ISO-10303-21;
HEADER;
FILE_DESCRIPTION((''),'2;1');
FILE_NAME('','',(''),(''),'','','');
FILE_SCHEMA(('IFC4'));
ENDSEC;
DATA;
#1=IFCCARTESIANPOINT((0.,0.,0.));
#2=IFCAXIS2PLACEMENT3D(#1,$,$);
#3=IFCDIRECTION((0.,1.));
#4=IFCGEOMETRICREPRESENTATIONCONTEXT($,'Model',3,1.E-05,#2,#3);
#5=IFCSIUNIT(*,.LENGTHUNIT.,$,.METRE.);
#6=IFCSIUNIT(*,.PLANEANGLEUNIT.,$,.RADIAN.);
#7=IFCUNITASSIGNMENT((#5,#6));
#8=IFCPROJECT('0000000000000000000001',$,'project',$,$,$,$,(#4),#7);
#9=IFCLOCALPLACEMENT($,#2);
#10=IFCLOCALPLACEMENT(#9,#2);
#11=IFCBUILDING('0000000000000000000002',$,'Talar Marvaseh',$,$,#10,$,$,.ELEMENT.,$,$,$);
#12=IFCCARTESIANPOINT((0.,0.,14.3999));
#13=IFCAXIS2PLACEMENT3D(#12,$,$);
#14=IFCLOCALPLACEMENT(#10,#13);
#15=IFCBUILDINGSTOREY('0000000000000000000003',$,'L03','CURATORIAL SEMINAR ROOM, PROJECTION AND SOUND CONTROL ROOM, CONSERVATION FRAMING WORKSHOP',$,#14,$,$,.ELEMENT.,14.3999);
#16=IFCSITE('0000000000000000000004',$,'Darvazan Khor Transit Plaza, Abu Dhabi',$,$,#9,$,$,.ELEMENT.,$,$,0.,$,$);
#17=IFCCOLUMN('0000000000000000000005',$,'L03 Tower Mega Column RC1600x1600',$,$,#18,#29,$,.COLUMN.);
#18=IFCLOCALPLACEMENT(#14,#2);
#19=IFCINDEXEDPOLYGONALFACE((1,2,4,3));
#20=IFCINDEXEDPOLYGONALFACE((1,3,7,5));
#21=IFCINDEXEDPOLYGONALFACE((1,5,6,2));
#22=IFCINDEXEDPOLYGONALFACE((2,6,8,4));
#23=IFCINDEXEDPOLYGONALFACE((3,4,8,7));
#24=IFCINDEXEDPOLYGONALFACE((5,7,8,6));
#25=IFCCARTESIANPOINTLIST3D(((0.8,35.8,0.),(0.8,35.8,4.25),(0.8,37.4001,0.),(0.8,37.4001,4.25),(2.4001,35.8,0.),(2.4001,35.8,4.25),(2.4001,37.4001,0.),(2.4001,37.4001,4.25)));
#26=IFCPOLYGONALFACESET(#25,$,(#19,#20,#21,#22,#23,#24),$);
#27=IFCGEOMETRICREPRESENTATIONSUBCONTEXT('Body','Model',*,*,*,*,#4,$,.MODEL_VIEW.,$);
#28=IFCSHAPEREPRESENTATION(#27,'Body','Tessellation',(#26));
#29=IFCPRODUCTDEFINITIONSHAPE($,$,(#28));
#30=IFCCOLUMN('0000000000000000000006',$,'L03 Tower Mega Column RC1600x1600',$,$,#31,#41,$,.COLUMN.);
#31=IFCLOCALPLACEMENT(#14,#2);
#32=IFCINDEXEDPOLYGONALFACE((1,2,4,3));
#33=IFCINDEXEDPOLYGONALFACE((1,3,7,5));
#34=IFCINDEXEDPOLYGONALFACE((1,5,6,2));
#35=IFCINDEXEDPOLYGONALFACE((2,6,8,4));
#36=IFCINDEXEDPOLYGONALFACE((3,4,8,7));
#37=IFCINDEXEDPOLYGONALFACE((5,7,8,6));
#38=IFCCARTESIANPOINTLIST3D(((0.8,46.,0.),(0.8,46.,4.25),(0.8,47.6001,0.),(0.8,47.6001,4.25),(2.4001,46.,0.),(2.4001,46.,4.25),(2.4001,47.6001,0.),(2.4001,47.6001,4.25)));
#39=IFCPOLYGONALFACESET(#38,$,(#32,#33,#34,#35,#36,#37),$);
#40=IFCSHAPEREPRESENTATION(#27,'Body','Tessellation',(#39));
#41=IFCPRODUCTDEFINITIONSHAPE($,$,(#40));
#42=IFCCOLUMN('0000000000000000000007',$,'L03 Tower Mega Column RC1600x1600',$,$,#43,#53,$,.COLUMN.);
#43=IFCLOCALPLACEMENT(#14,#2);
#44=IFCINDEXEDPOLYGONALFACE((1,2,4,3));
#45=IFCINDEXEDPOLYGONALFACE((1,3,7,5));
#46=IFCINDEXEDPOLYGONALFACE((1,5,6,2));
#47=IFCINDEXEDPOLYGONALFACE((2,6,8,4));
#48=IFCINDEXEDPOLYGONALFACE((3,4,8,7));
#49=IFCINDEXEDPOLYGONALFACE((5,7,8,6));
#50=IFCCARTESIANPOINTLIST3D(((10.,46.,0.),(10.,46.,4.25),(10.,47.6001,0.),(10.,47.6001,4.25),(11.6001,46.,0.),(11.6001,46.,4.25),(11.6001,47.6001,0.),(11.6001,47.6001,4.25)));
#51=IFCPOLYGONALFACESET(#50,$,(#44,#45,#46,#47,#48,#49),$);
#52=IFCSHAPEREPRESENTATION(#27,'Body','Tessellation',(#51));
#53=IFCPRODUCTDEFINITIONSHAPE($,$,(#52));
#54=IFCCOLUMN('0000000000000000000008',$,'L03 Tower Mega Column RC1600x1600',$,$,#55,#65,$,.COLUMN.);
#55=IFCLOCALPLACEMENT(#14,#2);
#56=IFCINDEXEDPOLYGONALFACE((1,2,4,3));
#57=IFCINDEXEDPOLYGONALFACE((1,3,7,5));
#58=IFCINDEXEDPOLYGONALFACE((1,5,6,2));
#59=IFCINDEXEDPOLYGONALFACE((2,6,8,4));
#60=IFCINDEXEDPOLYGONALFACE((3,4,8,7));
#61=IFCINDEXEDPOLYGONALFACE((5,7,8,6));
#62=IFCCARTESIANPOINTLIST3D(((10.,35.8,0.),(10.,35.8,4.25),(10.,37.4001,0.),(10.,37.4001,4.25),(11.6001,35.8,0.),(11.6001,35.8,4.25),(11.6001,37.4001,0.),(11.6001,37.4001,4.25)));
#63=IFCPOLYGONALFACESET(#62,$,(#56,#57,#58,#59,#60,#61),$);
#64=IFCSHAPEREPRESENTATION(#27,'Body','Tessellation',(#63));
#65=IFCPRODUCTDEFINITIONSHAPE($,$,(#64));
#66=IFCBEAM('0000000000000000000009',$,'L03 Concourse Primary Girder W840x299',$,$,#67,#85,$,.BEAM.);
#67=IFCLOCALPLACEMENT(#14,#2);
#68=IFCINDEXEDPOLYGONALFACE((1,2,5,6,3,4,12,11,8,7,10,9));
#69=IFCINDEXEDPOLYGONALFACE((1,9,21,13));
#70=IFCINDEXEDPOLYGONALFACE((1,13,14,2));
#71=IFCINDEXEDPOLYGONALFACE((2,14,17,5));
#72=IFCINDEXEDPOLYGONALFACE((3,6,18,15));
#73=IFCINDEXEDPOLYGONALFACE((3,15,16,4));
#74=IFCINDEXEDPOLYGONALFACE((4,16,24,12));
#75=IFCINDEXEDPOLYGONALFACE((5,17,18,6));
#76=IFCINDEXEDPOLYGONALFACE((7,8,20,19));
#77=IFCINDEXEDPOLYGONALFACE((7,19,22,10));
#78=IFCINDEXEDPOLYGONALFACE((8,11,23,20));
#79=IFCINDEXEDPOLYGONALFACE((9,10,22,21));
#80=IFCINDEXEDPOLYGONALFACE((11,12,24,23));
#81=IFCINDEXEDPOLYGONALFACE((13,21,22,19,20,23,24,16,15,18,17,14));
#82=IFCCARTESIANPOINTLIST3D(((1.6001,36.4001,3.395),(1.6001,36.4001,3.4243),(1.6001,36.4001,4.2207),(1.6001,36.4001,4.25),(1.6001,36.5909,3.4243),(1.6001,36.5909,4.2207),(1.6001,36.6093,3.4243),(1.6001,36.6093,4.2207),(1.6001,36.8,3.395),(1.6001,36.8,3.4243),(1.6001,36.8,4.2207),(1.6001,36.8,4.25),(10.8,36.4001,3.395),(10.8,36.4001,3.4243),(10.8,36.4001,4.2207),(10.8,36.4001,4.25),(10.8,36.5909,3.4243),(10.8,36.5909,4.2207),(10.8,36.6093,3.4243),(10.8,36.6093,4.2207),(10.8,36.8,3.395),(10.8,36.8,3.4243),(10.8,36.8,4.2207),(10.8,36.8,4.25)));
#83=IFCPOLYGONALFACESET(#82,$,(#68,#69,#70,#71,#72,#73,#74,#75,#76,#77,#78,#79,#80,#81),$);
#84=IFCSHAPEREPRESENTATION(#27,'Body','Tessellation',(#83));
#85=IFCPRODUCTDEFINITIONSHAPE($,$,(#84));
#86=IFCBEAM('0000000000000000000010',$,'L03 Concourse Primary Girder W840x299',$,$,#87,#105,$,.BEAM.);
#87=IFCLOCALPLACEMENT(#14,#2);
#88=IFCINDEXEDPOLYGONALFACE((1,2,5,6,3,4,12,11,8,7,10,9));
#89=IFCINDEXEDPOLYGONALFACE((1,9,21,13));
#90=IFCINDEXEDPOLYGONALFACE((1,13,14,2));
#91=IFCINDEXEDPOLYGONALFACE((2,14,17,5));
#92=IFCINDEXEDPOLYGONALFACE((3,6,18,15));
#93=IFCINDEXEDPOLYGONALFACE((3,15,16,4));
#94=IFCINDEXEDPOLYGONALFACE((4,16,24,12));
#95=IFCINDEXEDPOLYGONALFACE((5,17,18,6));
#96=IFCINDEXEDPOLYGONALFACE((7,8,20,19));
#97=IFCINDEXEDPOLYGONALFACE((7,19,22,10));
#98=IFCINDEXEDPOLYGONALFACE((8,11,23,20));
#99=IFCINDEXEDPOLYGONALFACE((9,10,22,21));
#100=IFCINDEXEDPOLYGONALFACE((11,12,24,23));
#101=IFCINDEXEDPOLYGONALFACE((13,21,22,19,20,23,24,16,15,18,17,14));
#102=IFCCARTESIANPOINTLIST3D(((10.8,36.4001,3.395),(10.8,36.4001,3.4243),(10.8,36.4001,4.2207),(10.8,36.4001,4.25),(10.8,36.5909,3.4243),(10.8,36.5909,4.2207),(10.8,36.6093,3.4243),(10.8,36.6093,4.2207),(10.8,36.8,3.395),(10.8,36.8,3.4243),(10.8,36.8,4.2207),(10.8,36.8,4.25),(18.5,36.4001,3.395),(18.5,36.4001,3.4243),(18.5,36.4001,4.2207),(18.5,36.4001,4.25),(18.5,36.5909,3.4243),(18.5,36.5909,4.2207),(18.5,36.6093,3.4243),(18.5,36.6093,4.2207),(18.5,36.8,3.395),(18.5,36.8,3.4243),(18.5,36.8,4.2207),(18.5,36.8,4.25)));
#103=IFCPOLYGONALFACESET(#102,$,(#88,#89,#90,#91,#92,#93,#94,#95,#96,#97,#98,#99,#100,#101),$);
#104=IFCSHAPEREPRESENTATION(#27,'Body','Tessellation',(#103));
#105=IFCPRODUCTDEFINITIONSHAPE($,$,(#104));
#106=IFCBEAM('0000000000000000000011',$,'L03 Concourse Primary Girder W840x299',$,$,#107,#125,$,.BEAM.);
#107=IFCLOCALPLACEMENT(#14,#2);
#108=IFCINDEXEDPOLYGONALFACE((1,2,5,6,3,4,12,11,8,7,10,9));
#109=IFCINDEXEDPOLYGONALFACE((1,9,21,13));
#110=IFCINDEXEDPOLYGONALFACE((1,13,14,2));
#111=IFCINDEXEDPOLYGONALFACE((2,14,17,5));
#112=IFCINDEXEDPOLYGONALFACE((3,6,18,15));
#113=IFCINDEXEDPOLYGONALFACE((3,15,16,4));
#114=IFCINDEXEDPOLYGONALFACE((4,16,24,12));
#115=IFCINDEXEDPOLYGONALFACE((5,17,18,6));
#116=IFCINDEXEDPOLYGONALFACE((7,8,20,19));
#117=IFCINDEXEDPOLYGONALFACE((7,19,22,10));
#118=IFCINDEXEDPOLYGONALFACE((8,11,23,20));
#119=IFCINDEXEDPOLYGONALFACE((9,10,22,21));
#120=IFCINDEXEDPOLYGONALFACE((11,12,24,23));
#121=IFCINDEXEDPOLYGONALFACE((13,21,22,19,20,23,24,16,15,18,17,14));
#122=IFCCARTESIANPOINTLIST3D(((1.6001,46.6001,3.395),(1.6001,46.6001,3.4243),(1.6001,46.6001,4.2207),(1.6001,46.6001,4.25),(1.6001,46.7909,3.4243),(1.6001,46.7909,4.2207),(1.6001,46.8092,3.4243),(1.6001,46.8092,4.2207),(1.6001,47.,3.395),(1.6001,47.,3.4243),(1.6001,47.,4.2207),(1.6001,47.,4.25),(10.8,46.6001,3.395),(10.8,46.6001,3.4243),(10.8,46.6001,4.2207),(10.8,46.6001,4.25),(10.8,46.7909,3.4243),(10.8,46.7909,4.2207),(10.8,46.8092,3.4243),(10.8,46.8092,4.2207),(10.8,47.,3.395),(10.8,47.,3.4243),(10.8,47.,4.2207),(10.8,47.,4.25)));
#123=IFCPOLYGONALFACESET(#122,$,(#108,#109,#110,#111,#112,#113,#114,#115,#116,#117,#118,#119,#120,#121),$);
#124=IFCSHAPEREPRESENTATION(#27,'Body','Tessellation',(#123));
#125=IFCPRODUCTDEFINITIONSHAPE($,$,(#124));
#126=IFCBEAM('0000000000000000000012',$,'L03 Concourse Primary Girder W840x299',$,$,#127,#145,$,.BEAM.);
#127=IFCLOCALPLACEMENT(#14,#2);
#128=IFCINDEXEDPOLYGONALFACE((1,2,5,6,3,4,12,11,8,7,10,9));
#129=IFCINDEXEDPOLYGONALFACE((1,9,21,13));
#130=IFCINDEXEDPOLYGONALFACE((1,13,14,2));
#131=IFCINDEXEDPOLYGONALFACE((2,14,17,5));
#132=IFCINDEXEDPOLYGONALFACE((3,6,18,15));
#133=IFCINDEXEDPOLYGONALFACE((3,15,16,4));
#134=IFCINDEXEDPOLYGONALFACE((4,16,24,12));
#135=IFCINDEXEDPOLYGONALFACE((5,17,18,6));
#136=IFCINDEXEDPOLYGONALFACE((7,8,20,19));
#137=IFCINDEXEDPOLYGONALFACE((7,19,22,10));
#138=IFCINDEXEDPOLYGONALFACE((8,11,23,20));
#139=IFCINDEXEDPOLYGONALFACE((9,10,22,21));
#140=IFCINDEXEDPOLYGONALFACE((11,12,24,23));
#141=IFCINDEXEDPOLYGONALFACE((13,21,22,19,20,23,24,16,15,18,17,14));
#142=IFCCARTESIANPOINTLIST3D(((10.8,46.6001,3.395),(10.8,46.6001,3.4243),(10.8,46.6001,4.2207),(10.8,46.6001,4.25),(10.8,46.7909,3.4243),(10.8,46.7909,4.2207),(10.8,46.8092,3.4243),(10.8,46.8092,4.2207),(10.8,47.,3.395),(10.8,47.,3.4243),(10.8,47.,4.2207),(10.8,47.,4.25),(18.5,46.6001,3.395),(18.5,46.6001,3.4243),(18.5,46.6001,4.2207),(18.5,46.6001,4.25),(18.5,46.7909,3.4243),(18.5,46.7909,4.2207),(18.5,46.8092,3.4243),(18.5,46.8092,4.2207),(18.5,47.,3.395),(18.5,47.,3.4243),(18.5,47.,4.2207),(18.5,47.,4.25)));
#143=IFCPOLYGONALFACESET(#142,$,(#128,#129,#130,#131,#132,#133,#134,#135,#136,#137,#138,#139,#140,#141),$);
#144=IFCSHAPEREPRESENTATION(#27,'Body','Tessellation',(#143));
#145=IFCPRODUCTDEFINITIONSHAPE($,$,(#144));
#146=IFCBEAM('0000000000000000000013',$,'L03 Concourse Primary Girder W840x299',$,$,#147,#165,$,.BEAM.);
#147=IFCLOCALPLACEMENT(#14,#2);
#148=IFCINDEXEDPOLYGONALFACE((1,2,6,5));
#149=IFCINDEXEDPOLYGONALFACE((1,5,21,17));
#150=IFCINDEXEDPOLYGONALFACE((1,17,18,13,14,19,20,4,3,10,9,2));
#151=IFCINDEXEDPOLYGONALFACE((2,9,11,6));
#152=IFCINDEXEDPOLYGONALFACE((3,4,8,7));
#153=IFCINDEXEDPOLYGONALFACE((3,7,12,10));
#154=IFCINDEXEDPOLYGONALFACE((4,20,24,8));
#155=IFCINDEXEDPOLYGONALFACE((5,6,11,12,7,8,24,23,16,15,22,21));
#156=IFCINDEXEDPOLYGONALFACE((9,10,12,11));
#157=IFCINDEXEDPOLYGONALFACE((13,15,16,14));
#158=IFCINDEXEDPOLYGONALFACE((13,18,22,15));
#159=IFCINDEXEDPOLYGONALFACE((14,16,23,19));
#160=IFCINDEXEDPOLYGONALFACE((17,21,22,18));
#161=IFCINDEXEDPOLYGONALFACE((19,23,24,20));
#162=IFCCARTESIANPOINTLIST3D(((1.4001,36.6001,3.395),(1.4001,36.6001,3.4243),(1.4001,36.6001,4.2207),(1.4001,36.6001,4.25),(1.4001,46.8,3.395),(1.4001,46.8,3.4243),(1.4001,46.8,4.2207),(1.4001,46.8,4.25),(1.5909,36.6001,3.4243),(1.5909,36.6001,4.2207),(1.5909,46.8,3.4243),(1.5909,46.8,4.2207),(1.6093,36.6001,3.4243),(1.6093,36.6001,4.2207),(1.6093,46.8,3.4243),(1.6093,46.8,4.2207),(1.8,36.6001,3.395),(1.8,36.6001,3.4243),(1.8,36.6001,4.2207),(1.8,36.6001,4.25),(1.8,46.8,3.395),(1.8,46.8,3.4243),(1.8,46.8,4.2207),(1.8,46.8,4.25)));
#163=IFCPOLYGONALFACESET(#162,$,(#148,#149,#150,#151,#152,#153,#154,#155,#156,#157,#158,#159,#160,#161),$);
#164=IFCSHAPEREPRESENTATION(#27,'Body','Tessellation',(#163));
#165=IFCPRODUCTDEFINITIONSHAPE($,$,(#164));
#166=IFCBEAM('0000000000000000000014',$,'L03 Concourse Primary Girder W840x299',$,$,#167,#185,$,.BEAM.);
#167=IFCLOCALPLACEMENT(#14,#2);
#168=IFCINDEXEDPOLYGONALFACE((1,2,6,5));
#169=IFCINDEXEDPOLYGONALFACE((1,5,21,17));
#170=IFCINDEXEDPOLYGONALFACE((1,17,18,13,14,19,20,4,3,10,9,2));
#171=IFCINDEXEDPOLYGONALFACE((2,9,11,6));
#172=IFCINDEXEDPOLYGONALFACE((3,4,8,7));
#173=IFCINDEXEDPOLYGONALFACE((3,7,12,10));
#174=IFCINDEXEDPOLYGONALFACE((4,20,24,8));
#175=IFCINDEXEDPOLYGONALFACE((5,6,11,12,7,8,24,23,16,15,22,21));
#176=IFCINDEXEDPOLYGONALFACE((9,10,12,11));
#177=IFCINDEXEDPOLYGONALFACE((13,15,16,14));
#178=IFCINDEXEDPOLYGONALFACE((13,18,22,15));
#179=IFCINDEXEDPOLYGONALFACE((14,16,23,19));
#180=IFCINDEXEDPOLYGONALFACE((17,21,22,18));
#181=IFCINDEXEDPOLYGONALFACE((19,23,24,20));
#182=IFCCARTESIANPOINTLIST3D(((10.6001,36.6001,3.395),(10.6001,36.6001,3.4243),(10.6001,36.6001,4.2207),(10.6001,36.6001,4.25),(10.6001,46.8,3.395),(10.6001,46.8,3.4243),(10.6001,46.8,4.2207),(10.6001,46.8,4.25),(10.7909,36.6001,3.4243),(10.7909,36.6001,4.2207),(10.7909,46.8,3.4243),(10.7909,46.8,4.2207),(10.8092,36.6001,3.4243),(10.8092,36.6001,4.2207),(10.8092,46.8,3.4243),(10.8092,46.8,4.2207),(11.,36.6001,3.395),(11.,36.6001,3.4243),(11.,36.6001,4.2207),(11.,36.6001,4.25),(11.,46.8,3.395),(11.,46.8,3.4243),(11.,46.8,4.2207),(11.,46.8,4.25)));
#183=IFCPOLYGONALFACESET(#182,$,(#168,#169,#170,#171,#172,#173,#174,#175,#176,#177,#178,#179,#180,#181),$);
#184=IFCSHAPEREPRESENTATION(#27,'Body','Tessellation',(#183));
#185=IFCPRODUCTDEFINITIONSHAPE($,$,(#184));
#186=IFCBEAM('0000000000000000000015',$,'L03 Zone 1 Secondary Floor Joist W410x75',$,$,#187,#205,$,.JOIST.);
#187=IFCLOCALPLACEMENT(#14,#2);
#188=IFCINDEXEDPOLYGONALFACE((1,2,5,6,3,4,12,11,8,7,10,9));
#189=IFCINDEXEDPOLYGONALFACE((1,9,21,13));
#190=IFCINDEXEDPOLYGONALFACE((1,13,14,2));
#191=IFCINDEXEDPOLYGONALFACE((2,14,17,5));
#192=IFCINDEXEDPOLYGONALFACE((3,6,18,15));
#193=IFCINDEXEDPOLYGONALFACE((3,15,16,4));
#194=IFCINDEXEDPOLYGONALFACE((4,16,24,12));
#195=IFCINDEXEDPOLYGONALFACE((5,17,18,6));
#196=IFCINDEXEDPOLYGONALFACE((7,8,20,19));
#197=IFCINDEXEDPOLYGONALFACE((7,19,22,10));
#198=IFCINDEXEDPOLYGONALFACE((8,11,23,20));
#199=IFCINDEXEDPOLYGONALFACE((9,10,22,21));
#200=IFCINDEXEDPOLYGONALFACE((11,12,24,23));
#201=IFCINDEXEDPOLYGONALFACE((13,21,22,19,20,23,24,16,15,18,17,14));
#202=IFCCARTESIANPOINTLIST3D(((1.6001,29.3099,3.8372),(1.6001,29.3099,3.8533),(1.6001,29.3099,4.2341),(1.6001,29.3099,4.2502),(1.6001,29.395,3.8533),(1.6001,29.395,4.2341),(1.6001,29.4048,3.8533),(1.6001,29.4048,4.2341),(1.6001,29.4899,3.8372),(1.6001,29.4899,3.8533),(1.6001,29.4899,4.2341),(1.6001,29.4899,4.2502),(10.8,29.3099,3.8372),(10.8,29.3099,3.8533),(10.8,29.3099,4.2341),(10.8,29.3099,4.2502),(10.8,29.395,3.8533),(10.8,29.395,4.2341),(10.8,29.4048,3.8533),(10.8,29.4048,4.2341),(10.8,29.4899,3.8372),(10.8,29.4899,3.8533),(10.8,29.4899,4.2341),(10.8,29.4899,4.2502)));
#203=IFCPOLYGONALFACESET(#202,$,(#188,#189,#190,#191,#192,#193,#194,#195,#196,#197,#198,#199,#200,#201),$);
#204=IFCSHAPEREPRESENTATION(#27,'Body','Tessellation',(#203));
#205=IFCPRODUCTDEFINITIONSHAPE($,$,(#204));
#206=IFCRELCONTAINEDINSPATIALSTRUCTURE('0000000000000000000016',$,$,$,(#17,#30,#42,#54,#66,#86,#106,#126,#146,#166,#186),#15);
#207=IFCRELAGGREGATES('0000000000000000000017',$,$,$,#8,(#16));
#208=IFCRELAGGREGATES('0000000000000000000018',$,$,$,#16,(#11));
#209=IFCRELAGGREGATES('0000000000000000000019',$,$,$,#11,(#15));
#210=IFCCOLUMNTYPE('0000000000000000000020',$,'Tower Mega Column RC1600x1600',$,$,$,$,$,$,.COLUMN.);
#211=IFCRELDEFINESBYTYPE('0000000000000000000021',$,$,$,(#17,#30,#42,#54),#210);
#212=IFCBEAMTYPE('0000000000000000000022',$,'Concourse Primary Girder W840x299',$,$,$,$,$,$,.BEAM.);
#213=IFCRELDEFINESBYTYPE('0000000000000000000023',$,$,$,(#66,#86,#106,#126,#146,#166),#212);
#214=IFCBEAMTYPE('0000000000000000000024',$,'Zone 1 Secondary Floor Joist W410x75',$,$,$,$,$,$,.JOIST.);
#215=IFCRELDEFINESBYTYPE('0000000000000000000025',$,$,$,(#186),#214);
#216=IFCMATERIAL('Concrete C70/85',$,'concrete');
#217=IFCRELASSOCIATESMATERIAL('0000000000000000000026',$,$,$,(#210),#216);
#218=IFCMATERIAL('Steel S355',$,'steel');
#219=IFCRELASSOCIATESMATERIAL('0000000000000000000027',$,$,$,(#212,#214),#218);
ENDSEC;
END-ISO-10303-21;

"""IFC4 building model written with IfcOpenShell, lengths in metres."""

from ifc_helpers import new_model, si_unit, direction, frame, origin, origin_2d, place, context, subcontext, project, spatial, rectangle, i_section, extrude, material, material_profile, profile_set, type_object, element, save


model = new_model("IFC4")

# Units and contexts
model_context = context("Model", 3, precision=1e-05, world=origin(), true_north=direction((0.0, 1.0)))
body_context = subcontext(model_context, "Body", "Model", "MODEL_VIEW")
ifc_project = project(units=[si_unit("LENGTHUNIT", "METRE"), si_unit("PLANEANGLEUNIT", "RADIAN")], contexts=[model_context])

# Site, building, storey
site_placement = place(None, origin())
site = spatial("IfcSite", under=ifc_project, at=site_placement, Name="Darvazan Khor Transit Plaza, Abu Dhabi", CompositionType="ELEMENT", RefElevation=0.0)
building_placement = place(site_placement, origin())
building = spatial("IfcBuilding", under=site, at=building_placement, Name="Talar Marvaseh", CompositionType="ELEMENT")
storey_placement = place(building_placement, frame((0.0, 0.0, 14.3999)))
storey = spatial("IfcBuildingStorey", under=building, at=storey_placement, Name="L03", Description="CURATORIAL SEMINAR ROOM, PROJECTION AND SOUND CONTROL ROOM, CONSERVATION FRAMING WORKSHOP", CompositionType="ELEMENT", Elevation=14.3999)

# Columns
ifc_material_1 = material(Name="Concrete C70/85", Category="concrete")
ifc_material_profile_1 = material_profile(ifc_material_1, rectangle(XDim=1.6001, YDim=1.6001, at=origin_2d()), Name="RC1600x1600")
ifc_profile_set_1 = profile_set([ifc_material_profile_1], Name="Concrete C70/85")
column_type = type_object("IfcColumnType", Name="Tower Mega Column RC1600x1600", PredefinedType="COLUMN", material=ifc_profile_set_1)
for number, where, z_axis, x_axis, name in (
    (1, (1.6001, 36.6001, 0.0), (0.0, 0.0, 1.0), (1.0, 0.0, 0.0), "L03 Tower Mega Column RC1600x1600"),
    (2, (1.6001, 46.8, 0.0), (0.0, 0.0, 1.0), (1.0, 0.0, 0.0), "L03 Tower Mega Column RC1600x1600"),
    (3, (10.8, 46.8, 0.0), (0.0, 0.0, 1.0), (1.0, 0.0, 0.0), "L03 Tower Mega Column RC1600x1600"),
    (4, (10.8, 36.6001, 0.0), (0.0, 0.0, 1.0), (1.0, 0.0, 0.0), "L03 Tower Mega Column RC1600x1600"),
):
    element("IfcColumn", number, at=place(storey_placement, frame(where, z_axis=z_axis, x_axis=x_axis)), inside=storey, type_object=column_type, Name=name, PredefinedType="COLUMN", context=body_context, shape_type="SweptSolid", body=[
        extrude(rectangle(XDim=1.6001, YDim=1.6001, at=origin_2d()), origin(), (0.0, 0.0, 1.0), 4.25),
    ])

# Beams
ifc_material_2 = material(Name="Steel S355", Category="steel")
ifc_material_profile_2 = material_profile(ifc_material_2, i_section(OverallWidth=0.3999, OverallDepth=0.855, WebThickness=0.0183, FlangeThickness=0.0293, at=origin_2d()), Name="W840x299")
ifc_profile_set_2 = profile_set([ifc_material_profile_2], Name="Steel S355")
beam_type_1 = type_object("IfcBeamType", Name="Concourse Primary Girder W840x299", PredefinedType="BEAM", material=ifc_profile_set_2)
beam_1_placement = place(storey_placement, frame((1.6001, 36.6001, 3.8225), z_axis=(1.0, 0.0, 0.0), x_axis=(0.0, 1.0, 0.0)))
element("IfcBeam", 5, at=beam_1_placement, inside=storey, type_object=beam_type_1, Name="L03 Concourse Primary Girder W840x299", PredefinedType="BEAM", context=body_context, shape_type="SweptSolid", body=[
    extrude(i_section(OverallWidth=0.3999, OverallDepth=0.855, WebThickness=0.0183, FlangeThickness=0.0293, at=origin_2d()), origin(), (0.0, 0.0, 1.0), 9.2),
])
beam_2_placement = place(storey_placement, frame((10.8, 36.6001, 3.8225), z_axis=(1.0, 0.0, 0.0), x_axis=(0.0, 1.0, 0.0)))
element("IfcBeam", 6, at=beam_2_placement, inside=storey, type_object=beam_type_1, Name="L03 Concourse Primary Girder W840x299", PredefinedType="BEAM", context=body_context, shape_type="SweptSolid", body=[
    extrude(i_section(OverallWidth=0.3999, OverallDepth=0.855, WebThickness=0.0183, FlangeThickness=0.0293, at=origin_2d()), origin(), (0.0, 0.0, 1.0), 7.7),
])
beam_3_placement = place(storey_placement, frame((1.6001, 46.8, 3.8225), z_axis=(1.0, 0.0, 0.0), x_axis=(0.0, 1.0, 0.0)))
element("IfcBeam", 7, at=beam_3_placement, inside=storey, type_object=beam_type_1, Name="L03 Concourse Primary Girder W840x299", PredefinedType="BEAM", context=body_context, shape_type="SweptSolid", body=[
    extrude(i_section(OverallWidth=0.3999, OverallDepth=0.855, WebThickness=0.0183, FlangeThickness=0.0293, at=origin_2d()), origin(), (0.0, 0.0, 1.0), 9.2),
])
beam_4_placement = place(storey_placement, frame((10.8, 46.8, 3.8225), z_axis=(1.0, 0.0, 0.0), x_axis=(0.0, 1.0, 0.0)))
element("IfcBeam", 8, at=beam_4_placement, inside=storey, type_object=beam_type_1, Name="L03 Concourse Primary Girder W840x299", PredefinedType="BEAM", context=body_context, shape_type="SweptSolid", body=[
    extrude(i_section(OverallWidth=0.3999, OverallDepth=0.855, WebThickness=0.0183, FlangeThickness=0.0293, at=origin_2d()), origin(), (0.0, 0.0, 1.0), 7.7),
])
for number, where, z_axis, x_axis, name in (
    (9, (1.6001, 36.6001, 3.8225), (0.0, 1.0, 0.0), (-1.0, 0.0, 0.0), "L03 Concourse Primary Girder W840x299"),
    (10, (10.8, 36.6001, 3.8225), (0.0, 1.0, 0.0), (-1.0, 0.0, 0.0), "L03 Concourse Primary Girder W840x299"),
):
    element("IfcBeam", number, at=place(storey_placement, frame(where, z_axis=z_axis, x_axis=x_axis)), inside=storey, type_object=beam_type_1, Name=name, PredefinedType="BEAM", context=body_context, shape_type="SweptSolid", body=[
        extrude(i_section(OverallWidth=0.3999, OverallDepth=0.855, WebThickness=0.0183, FlangeThickness=0.0293, at=origin_2d()), origin(), (0.0, 0.0, 1.0), 10.2),
    ])
ifc_material_profile_3 = material_profile(ifc_material_2, i_section(OverallWidth=0.1799, OverallDepth=0.4131, WebThickness=0.0098, FlangeThickness=0.0161, at=origin_2d()), Name="W410x75")
ifc_profile_set_3 = profile_set([ifc_material_profile_3], Name="Steel S355")
beam_type_2 = type_object("IfcBeamType", Name="Zone 1 Secondary Floor Joist W410x75", PredefinedType="JOIST", material=ifc_profile_set_3)
for number, where, z_axis, x_axis, name in (
    (11, (1.6001, 29.3999, 4.0437), (1.0, 0.0, 0.0), (0.0, 1.0, 0.0), "L03 Zone 1 Secondary Floor Joist W410x75"),
):
    element("IfcBeam", number, at=place(storey_placement, frame(where, z_axis=z_axis, x_axis=x_axis)), inside=storey, type_object=beam_type_2, Name=name, PredefinedType="JOIST", context=body_context, shape_type="SweptSolid", body=[
        extrude(i_section(OverallWidth=0.1799, OverallDepth=0.4131, WebThickness=0.0098, FlangeThickness=0.0161, at=origin_2d()), origin(), (0.0, 0.0, 1.0), 9.2),
    ])

save(model, "model.ifc")
